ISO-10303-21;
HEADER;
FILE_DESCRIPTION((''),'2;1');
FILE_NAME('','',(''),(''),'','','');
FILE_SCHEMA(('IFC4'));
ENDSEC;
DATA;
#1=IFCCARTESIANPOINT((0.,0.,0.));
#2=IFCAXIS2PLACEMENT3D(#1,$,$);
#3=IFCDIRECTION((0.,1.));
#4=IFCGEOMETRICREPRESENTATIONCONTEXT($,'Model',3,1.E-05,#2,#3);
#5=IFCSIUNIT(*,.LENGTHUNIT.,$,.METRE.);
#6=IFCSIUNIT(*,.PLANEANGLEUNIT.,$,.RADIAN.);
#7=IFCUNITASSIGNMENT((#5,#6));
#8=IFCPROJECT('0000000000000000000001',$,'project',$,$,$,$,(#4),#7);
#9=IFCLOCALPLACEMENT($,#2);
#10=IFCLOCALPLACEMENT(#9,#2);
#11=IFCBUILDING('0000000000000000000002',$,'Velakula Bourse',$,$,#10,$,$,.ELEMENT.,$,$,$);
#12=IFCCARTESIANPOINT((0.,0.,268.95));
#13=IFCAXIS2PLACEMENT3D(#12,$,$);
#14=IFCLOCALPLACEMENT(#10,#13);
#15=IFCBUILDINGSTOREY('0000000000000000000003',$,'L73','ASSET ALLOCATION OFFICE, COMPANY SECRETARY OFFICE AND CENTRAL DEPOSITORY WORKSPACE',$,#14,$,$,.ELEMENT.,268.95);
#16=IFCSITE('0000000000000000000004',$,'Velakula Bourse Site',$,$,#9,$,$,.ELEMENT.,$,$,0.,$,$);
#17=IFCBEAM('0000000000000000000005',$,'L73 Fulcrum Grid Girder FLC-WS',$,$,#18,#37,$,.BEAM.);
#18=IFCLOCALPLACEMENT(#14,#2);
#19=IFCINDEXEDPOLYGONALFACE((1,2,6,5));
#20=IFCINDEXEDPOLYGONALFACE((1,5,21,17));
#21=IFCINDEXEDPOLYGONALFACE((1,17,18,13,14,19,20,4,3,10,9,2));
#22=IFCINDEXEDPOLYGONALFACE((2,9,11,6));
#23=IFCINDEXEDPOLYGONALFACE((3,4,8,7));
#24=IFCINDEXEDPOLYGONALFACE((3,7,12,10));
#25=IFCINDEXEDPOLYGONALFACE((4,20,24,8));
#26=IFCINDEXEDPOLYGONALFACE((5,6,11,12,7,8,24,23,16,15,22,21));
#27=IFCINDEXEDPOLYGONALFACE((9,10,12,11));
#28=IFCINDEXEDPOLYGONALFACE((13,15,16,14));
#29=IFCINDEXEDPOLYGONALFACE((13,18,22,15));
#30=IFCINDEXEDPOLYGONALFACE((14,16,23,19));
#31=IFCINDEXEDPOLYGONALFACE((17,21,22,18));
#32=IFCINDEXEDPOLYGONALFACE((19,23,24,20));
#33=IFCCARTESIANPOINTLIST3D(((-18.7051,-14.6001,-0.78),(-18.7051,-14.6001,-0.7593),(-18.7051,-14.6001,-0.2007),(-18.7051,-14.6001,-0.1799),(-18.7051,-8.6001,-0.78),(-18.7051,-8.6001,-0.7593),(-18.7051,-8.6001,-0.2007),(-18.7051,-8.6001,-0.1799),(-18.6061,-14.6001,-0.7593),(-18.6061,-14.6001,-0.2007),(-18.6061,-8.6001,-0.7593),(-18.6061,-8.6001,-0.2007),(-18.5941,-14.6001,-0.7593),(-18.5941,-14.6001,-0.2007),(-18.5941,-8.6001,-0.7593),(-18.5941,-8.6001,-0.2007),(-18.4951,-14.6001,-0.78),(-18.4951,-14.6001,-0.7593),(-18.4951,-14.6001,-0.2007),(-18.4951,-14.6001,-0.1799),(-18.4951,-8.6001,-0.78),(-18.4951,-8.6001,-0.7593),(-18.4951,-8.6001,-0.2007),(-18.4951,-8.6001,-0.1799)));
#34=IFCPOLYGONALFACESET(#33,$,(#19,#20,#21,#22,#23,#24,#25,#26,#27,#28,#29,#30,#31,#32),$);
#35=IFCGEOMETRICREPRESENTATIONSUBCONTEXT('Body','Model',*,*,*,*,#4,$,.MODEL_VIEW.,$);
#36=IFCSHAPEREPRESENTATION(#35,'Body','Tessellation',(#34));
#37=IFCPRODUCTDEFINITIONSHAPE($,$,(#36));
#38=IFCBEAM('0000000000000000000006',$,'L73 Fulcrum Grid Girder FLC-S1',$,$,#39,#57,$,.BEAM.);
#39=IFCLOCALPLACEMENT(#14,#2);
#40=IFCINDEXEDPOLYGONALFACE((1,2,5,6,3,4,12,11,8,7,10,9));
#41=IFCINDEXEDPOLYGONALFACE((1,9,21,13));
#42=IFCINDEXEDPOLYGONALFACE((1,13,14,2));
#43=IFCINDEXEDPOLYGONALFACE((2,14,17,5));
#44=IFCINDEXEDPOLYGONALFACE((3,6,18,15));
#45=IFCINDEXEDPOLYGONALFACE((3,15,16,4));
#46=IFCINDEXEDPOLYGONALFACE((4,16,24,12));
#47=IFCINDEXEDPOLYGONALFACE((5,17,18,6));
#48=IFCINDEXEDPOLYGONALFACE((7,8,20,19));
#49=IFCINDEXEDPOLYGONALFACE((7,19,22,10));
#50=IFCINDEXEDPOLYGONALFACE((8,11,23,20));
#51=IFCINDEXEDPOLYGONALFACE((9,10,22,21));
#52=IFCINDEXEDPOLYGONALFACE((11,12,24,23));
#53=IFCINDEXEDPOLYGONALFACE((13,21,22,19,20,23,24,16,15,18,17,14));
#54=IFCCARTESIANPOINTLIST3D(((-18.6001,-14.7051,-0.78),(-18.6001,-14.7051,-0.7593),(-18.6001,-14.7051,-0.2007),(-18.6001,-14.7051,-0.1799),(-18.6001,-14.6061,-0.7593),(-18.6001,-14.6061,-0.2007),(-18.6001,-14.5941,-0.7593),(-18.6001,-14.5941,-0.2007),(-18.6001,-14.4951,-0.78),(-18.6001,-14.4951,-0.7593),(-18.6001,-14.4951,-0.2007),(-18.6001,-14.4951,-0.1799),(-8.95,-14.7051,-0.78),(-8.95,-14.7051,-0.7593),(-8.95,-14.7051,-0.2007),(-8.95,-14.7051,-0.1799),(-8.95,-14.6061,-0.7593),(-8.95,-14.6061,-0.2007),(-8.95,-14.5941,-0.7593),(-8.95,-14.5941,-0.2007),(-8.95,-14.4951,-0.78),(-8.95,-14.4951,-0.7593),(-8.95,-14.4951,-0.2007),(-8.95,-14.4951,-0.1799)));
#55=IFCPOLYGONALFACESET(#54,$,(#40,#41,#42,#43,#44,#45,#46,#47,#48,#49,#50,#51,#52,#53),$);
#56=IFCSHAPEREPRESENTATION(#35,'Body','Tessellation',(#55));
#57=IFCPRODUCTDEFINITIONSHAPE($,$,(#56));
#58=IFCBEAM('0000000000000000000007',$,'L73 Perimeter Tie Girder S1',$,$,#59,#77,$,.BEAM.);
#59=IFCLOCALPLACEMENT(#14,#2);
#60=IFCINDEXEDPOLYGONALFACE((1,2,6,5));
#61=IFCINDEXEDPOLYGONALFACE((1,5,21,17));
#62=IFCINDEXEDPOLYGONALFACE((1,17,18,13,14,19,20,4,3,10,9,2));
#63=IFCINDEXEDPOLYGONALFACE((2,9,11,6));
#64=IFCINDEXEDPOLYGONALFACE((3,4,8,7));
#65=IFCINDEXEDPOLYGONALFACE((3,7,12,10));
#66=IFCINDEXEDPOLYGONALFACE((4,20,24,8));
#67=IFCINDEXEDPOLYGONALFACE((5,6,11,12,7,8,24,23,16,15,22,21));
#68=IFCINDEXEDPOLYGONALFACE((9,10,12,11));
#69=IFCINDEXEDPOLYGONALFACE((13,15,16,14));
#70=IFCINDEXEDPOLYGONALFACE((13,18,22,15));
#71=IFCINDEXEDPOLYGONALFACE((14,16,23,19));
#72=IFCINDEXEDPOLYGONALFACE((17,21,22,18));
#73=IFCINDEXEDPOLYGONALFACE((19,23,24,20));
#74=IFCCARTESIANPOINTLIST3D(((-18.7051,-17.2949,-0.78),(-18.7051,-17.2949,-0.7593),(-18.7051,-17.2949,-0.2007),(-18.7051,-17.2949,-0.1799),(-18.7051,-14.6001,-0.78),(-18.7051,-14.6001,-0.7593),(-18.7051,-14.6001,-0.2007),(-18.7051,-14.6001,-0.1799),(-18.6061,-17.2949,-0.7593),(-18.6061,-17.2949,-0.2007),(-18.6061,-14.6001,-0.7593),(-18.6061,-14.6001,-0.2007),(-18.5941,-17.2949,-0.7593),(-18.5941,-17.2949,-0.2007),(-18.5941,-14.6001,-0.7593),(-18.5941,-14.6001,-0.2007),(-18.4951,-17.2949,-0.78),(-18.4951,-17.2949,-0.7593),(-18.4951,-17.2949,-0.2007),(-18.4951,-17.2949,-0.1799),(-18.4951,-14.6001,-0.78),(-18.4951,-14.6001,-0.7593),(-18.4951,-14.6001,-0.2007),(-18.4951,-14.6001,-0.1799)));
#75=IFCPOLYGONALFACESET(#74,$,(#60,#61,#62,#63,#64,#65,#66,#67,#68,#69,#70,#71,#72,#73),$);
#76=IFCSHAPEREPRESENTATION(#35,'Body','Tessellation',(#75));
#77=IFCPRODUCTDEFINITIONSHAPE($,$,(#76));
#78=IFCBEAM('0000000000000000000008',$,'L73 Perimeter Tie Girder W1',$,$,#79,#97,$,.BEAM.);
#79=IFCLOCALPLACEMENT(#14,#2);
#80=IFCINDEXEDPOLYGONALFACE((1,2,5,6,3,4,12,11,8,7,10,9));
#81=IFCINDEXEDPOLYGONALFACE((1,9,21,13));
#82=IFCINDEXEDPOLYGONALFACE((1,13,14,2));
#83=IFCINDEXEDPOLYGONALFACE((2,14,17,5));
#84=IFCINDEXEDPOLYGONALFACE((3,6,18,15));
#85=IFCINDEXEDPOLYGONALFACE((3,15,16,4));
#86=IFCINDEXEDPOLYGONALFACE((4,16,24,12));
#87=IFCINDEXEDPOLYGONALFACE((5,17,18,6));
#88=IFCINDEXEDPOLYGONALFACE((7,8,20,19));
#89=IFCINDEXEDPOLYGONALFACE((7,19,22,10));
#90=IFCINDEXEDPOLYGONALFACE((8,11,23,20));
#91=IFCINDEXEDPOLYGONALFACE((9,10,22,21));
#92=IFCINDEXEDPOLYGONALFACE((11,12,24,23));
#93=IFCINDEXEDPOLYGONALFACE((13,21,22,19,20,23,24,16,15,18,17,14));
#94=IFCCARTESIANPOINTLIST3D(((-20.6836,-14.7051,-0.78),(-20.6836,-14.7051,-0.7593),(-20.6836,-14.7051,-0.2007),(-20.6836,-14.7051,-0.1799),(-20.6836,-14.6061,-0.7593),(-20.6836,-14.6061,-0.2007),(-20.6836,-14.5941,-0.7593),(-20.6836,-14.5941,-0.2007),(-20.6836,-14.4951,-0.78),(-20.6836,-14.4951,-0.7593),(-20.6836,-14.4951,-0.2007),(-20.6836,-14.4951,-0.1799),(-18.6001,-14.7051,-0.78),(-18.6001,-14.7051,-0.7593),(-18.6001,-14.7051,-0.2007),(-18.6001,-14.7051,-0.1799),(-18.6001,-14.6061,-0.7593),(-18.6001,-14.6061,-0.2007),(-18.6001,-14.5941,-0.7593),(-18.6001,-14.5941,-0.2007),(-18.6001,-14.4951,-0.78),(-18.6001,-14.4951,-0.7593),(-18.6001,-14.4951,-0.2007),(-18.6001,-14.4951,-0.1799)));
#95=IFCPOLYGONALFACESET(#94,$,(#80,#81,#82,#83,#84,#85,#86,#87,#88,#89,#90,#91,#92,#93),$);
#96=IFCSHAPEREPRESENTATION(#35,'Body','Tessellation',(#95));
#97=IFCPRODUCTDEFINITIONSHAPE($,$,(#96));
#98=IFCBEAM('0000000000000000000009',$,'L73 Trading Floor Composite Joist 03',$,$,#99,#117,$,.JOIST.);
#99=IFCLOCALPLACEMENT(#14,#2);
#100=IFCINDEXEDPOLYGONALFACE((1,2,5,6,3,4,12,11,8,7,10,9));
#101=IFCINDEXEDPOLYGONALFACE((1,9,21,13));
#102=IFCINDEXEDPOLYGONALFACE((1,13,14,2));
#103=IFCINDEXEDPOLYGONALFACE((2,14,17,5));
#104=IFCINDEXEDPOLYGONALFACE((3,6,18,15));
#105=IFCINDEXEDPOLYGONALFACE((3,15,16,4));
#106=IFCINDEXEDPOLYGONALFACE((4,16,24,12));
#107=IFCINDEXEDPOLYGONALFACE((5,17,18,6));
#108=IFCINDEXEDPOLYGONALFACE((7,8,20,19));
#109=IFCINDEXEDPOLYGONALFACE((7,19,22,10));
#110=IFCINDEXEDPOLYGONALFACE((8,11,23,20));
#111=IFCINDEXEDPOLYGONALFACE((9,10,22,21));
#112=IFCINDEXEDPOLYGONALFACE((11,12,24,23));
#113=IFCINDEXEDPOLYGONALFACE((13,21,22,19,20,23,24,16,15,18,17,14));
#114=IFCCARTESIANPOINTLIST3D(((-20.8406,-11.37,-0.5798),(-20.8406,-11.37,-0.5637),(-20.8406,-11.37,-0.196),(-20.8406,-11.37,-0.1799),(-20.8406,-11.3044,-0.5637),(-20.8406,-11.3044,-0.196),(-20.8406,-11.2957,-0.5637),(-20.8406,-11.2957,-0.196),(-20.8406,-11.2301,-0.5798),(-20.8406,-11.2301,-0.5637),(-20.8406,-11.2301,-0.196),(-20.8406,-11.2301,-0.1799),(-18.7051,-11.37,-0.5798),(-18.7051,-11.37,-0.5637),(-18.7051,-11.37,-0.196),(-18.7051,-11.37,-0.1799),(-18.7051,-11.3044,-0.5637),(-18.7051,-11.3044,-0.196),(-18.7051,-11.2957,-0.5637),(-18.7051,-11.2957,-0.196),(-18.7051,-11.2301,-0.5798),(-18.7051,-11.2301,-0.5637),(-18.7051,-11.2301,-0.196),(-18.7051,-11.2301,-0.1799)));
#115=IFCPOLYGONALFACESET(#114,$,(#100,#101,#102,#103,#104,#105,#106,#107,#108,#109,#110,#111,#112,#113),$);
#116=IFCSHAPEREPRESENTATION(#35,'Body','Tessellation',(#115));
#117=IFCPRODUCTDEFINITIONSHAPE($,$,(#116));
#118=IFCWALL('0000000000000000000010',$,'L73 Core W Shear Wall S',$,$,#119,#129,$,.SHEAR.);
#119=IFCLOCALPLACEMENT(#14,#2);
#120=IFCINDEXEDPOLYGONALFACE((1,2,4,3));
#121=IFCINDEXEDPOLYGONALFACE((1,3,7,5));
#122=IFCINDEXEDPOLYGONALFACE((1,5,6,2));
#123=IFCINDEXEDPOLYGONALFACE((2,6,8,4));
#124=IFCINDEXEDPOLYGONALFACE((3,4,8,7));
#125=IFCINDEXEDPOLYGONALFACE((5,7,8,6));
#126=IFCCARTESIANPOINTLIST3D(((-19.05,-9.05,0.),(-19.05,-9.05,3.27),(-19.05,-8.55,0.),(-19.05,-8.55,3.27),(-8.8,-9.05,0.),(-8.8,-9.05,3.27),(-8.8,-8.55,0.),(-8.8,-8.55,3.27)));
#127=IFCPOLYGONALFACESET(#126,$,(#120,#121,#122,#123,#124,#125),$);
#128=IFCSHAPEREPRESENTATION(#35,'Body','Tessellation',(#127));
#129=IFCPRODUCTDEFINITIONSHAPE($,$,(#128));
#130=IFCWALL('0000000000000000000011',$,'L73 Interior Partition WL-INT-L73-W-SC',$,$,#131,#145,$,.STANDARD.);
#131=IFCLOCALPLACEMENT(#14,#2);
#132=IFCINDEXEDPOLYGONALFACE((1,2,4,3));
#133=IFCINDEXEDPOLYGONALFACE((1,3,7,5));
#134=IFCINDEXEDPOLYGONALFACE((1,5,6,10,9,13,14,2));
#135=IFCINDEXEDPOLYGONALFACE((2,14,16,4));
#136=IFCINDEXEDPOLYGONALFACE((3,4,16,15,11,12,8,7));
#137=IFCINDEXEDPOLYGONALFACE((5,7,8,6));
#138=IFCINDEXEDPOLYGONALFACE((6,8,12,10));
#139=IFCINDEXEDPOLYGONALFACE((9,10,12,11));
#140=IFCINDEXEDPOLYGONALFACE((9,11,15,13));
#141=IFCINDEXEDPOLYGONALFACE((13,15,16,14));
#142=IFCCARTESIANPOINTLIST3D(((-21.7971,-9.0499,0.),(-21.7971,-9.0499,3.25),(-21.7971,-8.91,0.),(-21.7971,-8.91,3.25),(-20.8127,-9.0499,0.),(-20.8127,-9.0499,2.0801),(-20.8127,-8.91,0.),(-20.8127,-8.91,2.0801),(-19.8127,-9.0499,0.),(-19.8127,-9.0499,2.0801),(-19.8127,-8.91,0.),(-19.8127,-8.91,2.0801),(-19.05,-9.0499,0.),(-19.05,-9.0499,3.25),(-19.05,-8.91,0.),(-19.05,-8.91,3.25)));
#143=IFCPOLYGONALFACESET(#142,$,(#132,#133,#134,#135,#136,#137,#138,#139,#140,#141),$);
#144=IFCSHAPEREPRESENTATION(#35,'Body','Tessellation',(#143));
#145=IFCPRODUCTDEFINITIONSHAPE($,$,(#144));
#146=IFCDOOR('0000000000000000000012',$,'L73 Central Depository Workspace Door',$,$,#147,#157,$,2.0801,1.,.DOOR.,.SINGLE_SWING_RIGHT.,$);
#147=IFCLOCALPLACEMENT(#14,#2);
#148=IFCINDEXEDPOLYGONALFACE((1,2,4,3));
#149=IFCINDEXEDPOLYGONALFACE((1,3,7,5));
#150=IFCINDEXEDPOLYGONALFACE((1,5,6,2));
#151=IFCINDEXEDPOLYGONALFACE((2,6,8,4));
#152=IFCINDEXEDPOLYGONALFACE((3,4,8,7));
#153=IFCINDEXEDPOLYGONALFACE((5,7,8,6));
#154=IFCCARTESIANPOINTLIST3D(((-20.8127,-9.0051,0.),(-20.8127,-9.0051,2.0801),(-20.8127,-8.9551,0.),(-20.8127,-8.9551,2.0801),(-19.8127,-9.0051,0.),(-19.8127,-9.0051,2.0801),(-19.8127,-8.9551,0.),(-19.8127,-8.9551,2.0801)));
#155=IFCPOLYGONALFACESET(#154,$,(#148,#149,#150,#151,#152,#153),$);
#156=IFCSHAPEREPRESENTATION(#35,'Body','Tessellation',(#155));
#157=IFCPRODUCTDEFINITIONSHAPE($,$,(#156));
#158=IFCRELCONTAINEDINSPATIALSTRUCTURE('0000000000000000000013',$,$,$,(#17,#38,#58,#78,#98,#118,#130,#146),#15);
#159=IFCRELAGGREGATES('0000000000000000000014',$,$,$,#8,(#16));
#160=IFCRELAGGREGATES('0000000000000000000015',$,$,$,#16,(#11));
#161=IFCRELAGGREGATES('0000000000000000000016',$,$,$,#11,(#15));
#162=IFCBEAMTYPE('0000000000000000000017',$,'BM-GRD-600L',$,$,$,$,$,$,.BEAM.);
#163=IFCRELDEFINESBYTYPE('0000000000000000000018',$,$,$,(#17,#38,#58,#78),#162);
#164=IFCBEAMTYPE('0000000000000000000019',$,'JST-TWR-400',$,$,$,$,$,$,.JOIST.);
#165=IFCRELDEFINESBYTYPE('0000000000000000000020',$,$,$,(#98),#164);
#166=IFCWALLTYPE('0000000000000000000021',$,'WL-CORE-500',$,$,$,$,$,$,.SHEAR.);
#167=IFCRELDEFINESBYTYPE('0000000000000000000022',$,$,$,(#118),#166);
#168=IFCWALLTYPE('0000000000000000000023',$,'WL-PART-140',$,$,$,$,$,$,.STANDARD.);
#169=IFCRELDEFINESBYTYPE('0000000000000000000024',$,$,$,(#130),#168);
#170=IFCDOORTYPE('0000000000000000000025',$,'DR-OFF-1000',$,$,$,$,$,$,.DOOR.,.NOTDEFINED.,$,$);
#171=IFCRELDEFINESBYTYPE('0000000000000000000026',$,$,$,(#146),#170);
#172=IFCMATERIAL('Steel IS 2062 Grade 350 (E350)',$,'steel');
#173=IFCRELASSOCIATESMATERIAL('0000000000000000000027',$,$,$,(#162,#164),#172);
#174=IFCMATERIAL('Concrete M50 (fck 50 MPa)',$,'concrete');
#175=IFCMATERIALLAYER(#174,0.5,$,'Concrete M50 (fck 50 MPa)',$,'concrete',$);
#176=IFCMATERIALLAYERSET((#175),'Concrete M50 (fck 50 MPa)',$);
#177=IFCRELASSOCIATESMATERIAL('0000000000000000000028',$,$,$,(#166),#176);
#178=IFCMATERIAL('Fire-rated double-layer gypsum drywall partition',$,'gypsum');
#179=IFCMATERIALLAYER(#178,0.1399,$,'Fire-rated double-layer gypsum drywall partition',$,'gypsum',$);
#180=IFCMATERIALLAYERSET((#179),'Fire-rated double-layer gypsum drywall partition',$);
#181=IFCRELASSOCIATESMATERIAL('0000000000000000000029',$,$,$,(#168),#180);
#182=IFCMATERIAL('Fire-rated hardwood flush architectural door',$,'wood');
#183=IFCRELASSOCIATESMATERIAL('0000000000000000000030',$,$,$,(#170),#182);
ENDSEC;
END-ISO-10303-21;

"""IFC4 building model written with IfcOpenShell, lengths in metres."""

from ifc_helpers import new_model, si_unit, direction, frame, frame_2d, origin, origin_2d, place, context, subcontext, project, spatial, rectangle, i_section, extrude, material, layer, layer_set, material_profile, profile_set, type_object, element, fill, save


model = new_model("IFC4")

# Units and contexts
model_context = context("Model", 3, precision=1e-05, world=origin(), true_north=direction((0.0, 1.0)))
body_context = subcontext(model_context, "Body", "Model", "MODEL_VIEW")
ifc_project = project(units=[si_unit("LENGTHUNIT", "METRE"), si_unit("PLANEANGLEUNIT", "RADIAN")], contexts=[model_context])

# Site, building, storey
site_placement = place(None, origin())
site = spatial("IfcSite", under=ifc_project, at=site_placement, Name="Velakula Bourse Site", CompositionType="ELEMENT", RefElevation=0.0)
building_placement = place(site_placement, origin())
building = spatial("IfcBuilding", under=site, at=building_placement, Name="Velakula Bourse", CompositionType="ELEMENT")
storey_placement = place(building_placement, frame((0.0, 0.0, 268.95)))
storey = spatial("IfcBuildingStorey", under=building, at=storey_placement, Name="L73", Description="ASSET ALLOCATION OFFICE, COMPANY SECRETARY OFFICE AND CENTRAL DEPOSITORY WORKSPACE", CompositionType="ELEMENT", Elevation=268.95)

# Beams
ifc_material_1 = material(Name="Steel IS 2062 Grade 350 (E350)", Category="steel")
ifc_material_profile_1 = material_profile(ifc_material_1, i_section(OverallWidth=0.21, OverallDepth=0.6001, WebThickness=0.012, FlangeThickness=0.0208, at=origin_2d()), Name="Steel IS 2062 Grade 350 (E350)")
ifc_profile_set_1 = profile_set([ifc_material_profile_1], Name="Steel IS 2062 Grade 350 (E350)")
beam_type_1 = type_object("IfcBeamType", Name="BM-GRD-600L", PredefinedType="BEAM", material=ifc_profile_set_1)
beam_1_placement = place(storey_placement, frame((-18.6001, -14.6001, -0.48), z_axis=(0.0, 1.0, 0.0), x_axis=(-1.0, 0.0, 0.0)))
element("IfcBeam", 1, at=beam_1_placement, inside=storey, type_object=beam_type_1, Name="L73 Fulcrum Grid Girder FLC-WS", PredefinedType="BEAM", context=body_context, shape_type="SweptSolid", body=[
    extrude(i_section(OverallWidth=0.21, OverallDepth=0.6001, WebThickness=0.012, FlangeThickness=0.0208, at=origin_2d()), origin(), (0.0, 0.0, 1.0), 6.0),
])
beam_2_placement = place(storey_placement, frame((-18.6001, -14.6001, -0.48), z_axis=(1.0, 0.0, 0.0), x_axis=(0.0, 1.0, 0.0)))
element("IfcBeam", 2, at=beam_2_placement, inside=storey, type_object=beam_type_1, Name="L73 Fulcrum Grid Girder FLC-S1", PredefinedType="BEAM", context=body_context, shape_type="SweptSolid", body=[
    extrude(i_section(OverallWidth=0.21, OverallDepth=0.6001, WebThickness=0.012, FlangeThickness=0.0208, at=origin_2d()), origin(), (0.0, 0.0, 1.0), 9.6501),
])
beam_3_placement = place(storey_placement, frame((-18.6001, -14.6001, -0.48), z_axis=(0.0, -1.0, 0.0), x_axis=(1.0, 0.0, 0.0)))
element("IfcBeam", 3, at=beam_3_placement, inside=storey, type_object=beam_type_1, Name="L73 Perimeter Tie Girder S1", PredefinedType="BEAM", context=body_context, shape_type="SweptSolid", body=[
    extrude(i_section(OverallWidth=0.21, OverallDepth=0.6001, WebThickness=0.012, FlangeThickness=0.0208, at=origin_2d()), origin(), (0.0, 0.0, 1.0), 2.6948),
])
beam_4_placement = place(storey_placement, frame((-18.6001, -14.6001, -0.48), z_axis=(-1.0, 0.0, 0.0), x_axis=(0.0, -1.0, 0.0)))
element("IfcBeam", 4, at=beam_4_placement, inside=storey, type_object=beam_type_1, Name="L73 Perimeter Tie Girder W1", PredefinedType="BEAM", context=body_context, shape_type="SweptSolid", body=[
    extrude(i_section(OverallWidth=0.21, OverallDepth=0.6001, WebThickness=0.012, FlangeThickness=0.0208, at=origin_2d()), origin(), (0.0, 0.0, 1.0), 2.0835),
])
ifc_material_profile_2 = material_profile(ifc_material_1, i_section(OverallWidth=0.1399, OverallDepth=0.3999, WebThickness=0.0088, FlangeThickness=0.0161, at=origin_2d()), Name="Steel IS 2062 Grade 350 (E350)")
ifc_profile_set_2 = profile_set([ifc_material_profile_2], Name="Steel IS 2062 Grade 350 (E350)")
beam_type_2 = type_object("IfcBeamType", Name="JST-TWR-400", PredefinedType="JOIST", material=ifc_profile_set_2)
beam_5_placement = place(storey_placement, frame((-20.8406, -11.3, -0.3799), z_axis=(1.0, 0.0, 0.0), x_axis=(0.0, 1.0, 0.0)))
element("IfcBeam", 5, at=beam_5_placement, inside=storey, type_object=beam_type_2, Name="L73 Trading Floor Composite Joist 03", PredefinedType="JOIST", context=body_context, shape_type="SweptSolid", body=[
    extrude(i_section(OverallWidth=0.1399, OverallDepth=0.3999, WebThickness=0.0088, FlangeThickness=0.0161, at=origin_2d()), origin(), (0.0, 0.0, 1.0), 2.1355),
])

# Wall
ifc_material_2 = material(Name="Concrete M50 (fck 50 MPa)", Category="concrete")
ifc_layer_1 = layer(ifc_material_2, 0.5, Name="Concrete M50 (fck 50 MPa)", Category="concrete")
ifc_layer_set_1 = layer_set([ifc_layer_1], Name="Concrete M50 (fck 50 MPa)")
wall_type_1 = type_object("IfcWallType", Name="WL-CORE-500", PredefinedType="SHEAR", material=ifc_layer_set_1)
wall_1_placement = place(storey_placement, frame((-19.05, -8.8, 0.0), z_axis=(0.0, 0.0, 1.0), x_axis=(1.0, 0.0, 0.0)))
element("IfcWall", 6, at=wall_1_placement, inside=storey, type_object=wall_type_1, Name="L73 Core W Shear Wall S", PredefinedType="SHEAR", context=body_context, shape_type="SweptSolid", body=[
    extrude(rectangle(XDim=10.25, YDim=0.5, at=frame_2d((5.125, 0.0))), origin(), (0.0, 0.0, 1.0), 3.27),
])

# Shared definitions
ifc_material_3 = material(Name="Fire-rated double-layer gypsum drywall partition", Category="gypsum")
ifc_layer_2 = layer(ifc_material_3, 0.1399, Name="Fire-rated double-layer gypsum drywall partition", Category="gypsum")
ifc_layer_set_2 = layer_set([ifc_layer_2], Name="Fire-rated double-layer gypsum drywall partition")
wall_type_2 = type_object("IfcWallType", Name="WL-PART-140", PredefinedType="STANDARD", material=ifc_layer_set_2)
ifc_material_4 = material(Name="Fire-rated hardwood flush architectural door", Category="wood")
door_type_1 = type_object("IfcDoorType", Name="DR-OFF-1000", OperationType="NOTDEFINED", PredefinedType="DOOR", material=ifc_material_4)

# Wall, opening, door
wall_2_placement = place(storey_placement, frame((-21.7971, -8.98, 0.0), z_axis=(0.0, 0.0, 1.0), x_axis=(1.0, 0.0, 0.0)))
wall_2 = element("IfcWall", 7, at=wall_2_placement, inside=storey, type_object=wall_type_2, Name="L73 Interior Partition WL-INT-L73-W-SC", PredefinedType="STANDARD", context=body_context, shape_type="SweptSolid", body=[
    extrude(rectangle(XDim=2.7471, YDim=0.1399, at=frame_2d((1.3735, 0.0))), origin(), (0.0, 0.0, 1.0), 3.25),
])
opening_1_placement = place(wall_2_placement, frame((0.9844, 0.0, 0.0)))
opening_1 = element("IfcOpeningElement", 8, at=opening_1_placement, cuts=wall_2, PredefinedType="OPENING", context=body_context, shape_type="SweptSolid", body=[
    extrude(rectangle(XDim=1.0, YDim=2.0801, at=frame_2d((0.5, 1.04))), frame((0.0, 0.0798, 0.0), z_axis=(0.0, -1.0, 0.0), x_axis=(1.0, 0.0, 0.0)), (0.0, 0.0, 1.0), 0.1599),
])
door_1_placement = place(opening_1_placement, origin())
door_1 = element("IfcDoor", 9, at=door_1_placement, inside=storey, type_object=door_type_1, Name="L73 Central Depository Workspace Door", OperationType="SINGLE_SWING_RIGHT", OverallHeight=2.0801, OverallWidth=1.0, PredefinedType="DOOR", context=body_context, shape_type="SweptSolid", body=[
    extrude(rectangle(XDim=1.0, YDim=2.0801, at=frame_2d((0.5, 1.04))), frame((0.0, 0.0249, 0.0), z_axis=(0.0, -1.0, 0.0), x_axis=(1.0, 0.0, 0.0)), (0.0, 0.0, 1.0), 0.05),
])
fill(opening_1, door_1)

save(model, "model.ifc")
